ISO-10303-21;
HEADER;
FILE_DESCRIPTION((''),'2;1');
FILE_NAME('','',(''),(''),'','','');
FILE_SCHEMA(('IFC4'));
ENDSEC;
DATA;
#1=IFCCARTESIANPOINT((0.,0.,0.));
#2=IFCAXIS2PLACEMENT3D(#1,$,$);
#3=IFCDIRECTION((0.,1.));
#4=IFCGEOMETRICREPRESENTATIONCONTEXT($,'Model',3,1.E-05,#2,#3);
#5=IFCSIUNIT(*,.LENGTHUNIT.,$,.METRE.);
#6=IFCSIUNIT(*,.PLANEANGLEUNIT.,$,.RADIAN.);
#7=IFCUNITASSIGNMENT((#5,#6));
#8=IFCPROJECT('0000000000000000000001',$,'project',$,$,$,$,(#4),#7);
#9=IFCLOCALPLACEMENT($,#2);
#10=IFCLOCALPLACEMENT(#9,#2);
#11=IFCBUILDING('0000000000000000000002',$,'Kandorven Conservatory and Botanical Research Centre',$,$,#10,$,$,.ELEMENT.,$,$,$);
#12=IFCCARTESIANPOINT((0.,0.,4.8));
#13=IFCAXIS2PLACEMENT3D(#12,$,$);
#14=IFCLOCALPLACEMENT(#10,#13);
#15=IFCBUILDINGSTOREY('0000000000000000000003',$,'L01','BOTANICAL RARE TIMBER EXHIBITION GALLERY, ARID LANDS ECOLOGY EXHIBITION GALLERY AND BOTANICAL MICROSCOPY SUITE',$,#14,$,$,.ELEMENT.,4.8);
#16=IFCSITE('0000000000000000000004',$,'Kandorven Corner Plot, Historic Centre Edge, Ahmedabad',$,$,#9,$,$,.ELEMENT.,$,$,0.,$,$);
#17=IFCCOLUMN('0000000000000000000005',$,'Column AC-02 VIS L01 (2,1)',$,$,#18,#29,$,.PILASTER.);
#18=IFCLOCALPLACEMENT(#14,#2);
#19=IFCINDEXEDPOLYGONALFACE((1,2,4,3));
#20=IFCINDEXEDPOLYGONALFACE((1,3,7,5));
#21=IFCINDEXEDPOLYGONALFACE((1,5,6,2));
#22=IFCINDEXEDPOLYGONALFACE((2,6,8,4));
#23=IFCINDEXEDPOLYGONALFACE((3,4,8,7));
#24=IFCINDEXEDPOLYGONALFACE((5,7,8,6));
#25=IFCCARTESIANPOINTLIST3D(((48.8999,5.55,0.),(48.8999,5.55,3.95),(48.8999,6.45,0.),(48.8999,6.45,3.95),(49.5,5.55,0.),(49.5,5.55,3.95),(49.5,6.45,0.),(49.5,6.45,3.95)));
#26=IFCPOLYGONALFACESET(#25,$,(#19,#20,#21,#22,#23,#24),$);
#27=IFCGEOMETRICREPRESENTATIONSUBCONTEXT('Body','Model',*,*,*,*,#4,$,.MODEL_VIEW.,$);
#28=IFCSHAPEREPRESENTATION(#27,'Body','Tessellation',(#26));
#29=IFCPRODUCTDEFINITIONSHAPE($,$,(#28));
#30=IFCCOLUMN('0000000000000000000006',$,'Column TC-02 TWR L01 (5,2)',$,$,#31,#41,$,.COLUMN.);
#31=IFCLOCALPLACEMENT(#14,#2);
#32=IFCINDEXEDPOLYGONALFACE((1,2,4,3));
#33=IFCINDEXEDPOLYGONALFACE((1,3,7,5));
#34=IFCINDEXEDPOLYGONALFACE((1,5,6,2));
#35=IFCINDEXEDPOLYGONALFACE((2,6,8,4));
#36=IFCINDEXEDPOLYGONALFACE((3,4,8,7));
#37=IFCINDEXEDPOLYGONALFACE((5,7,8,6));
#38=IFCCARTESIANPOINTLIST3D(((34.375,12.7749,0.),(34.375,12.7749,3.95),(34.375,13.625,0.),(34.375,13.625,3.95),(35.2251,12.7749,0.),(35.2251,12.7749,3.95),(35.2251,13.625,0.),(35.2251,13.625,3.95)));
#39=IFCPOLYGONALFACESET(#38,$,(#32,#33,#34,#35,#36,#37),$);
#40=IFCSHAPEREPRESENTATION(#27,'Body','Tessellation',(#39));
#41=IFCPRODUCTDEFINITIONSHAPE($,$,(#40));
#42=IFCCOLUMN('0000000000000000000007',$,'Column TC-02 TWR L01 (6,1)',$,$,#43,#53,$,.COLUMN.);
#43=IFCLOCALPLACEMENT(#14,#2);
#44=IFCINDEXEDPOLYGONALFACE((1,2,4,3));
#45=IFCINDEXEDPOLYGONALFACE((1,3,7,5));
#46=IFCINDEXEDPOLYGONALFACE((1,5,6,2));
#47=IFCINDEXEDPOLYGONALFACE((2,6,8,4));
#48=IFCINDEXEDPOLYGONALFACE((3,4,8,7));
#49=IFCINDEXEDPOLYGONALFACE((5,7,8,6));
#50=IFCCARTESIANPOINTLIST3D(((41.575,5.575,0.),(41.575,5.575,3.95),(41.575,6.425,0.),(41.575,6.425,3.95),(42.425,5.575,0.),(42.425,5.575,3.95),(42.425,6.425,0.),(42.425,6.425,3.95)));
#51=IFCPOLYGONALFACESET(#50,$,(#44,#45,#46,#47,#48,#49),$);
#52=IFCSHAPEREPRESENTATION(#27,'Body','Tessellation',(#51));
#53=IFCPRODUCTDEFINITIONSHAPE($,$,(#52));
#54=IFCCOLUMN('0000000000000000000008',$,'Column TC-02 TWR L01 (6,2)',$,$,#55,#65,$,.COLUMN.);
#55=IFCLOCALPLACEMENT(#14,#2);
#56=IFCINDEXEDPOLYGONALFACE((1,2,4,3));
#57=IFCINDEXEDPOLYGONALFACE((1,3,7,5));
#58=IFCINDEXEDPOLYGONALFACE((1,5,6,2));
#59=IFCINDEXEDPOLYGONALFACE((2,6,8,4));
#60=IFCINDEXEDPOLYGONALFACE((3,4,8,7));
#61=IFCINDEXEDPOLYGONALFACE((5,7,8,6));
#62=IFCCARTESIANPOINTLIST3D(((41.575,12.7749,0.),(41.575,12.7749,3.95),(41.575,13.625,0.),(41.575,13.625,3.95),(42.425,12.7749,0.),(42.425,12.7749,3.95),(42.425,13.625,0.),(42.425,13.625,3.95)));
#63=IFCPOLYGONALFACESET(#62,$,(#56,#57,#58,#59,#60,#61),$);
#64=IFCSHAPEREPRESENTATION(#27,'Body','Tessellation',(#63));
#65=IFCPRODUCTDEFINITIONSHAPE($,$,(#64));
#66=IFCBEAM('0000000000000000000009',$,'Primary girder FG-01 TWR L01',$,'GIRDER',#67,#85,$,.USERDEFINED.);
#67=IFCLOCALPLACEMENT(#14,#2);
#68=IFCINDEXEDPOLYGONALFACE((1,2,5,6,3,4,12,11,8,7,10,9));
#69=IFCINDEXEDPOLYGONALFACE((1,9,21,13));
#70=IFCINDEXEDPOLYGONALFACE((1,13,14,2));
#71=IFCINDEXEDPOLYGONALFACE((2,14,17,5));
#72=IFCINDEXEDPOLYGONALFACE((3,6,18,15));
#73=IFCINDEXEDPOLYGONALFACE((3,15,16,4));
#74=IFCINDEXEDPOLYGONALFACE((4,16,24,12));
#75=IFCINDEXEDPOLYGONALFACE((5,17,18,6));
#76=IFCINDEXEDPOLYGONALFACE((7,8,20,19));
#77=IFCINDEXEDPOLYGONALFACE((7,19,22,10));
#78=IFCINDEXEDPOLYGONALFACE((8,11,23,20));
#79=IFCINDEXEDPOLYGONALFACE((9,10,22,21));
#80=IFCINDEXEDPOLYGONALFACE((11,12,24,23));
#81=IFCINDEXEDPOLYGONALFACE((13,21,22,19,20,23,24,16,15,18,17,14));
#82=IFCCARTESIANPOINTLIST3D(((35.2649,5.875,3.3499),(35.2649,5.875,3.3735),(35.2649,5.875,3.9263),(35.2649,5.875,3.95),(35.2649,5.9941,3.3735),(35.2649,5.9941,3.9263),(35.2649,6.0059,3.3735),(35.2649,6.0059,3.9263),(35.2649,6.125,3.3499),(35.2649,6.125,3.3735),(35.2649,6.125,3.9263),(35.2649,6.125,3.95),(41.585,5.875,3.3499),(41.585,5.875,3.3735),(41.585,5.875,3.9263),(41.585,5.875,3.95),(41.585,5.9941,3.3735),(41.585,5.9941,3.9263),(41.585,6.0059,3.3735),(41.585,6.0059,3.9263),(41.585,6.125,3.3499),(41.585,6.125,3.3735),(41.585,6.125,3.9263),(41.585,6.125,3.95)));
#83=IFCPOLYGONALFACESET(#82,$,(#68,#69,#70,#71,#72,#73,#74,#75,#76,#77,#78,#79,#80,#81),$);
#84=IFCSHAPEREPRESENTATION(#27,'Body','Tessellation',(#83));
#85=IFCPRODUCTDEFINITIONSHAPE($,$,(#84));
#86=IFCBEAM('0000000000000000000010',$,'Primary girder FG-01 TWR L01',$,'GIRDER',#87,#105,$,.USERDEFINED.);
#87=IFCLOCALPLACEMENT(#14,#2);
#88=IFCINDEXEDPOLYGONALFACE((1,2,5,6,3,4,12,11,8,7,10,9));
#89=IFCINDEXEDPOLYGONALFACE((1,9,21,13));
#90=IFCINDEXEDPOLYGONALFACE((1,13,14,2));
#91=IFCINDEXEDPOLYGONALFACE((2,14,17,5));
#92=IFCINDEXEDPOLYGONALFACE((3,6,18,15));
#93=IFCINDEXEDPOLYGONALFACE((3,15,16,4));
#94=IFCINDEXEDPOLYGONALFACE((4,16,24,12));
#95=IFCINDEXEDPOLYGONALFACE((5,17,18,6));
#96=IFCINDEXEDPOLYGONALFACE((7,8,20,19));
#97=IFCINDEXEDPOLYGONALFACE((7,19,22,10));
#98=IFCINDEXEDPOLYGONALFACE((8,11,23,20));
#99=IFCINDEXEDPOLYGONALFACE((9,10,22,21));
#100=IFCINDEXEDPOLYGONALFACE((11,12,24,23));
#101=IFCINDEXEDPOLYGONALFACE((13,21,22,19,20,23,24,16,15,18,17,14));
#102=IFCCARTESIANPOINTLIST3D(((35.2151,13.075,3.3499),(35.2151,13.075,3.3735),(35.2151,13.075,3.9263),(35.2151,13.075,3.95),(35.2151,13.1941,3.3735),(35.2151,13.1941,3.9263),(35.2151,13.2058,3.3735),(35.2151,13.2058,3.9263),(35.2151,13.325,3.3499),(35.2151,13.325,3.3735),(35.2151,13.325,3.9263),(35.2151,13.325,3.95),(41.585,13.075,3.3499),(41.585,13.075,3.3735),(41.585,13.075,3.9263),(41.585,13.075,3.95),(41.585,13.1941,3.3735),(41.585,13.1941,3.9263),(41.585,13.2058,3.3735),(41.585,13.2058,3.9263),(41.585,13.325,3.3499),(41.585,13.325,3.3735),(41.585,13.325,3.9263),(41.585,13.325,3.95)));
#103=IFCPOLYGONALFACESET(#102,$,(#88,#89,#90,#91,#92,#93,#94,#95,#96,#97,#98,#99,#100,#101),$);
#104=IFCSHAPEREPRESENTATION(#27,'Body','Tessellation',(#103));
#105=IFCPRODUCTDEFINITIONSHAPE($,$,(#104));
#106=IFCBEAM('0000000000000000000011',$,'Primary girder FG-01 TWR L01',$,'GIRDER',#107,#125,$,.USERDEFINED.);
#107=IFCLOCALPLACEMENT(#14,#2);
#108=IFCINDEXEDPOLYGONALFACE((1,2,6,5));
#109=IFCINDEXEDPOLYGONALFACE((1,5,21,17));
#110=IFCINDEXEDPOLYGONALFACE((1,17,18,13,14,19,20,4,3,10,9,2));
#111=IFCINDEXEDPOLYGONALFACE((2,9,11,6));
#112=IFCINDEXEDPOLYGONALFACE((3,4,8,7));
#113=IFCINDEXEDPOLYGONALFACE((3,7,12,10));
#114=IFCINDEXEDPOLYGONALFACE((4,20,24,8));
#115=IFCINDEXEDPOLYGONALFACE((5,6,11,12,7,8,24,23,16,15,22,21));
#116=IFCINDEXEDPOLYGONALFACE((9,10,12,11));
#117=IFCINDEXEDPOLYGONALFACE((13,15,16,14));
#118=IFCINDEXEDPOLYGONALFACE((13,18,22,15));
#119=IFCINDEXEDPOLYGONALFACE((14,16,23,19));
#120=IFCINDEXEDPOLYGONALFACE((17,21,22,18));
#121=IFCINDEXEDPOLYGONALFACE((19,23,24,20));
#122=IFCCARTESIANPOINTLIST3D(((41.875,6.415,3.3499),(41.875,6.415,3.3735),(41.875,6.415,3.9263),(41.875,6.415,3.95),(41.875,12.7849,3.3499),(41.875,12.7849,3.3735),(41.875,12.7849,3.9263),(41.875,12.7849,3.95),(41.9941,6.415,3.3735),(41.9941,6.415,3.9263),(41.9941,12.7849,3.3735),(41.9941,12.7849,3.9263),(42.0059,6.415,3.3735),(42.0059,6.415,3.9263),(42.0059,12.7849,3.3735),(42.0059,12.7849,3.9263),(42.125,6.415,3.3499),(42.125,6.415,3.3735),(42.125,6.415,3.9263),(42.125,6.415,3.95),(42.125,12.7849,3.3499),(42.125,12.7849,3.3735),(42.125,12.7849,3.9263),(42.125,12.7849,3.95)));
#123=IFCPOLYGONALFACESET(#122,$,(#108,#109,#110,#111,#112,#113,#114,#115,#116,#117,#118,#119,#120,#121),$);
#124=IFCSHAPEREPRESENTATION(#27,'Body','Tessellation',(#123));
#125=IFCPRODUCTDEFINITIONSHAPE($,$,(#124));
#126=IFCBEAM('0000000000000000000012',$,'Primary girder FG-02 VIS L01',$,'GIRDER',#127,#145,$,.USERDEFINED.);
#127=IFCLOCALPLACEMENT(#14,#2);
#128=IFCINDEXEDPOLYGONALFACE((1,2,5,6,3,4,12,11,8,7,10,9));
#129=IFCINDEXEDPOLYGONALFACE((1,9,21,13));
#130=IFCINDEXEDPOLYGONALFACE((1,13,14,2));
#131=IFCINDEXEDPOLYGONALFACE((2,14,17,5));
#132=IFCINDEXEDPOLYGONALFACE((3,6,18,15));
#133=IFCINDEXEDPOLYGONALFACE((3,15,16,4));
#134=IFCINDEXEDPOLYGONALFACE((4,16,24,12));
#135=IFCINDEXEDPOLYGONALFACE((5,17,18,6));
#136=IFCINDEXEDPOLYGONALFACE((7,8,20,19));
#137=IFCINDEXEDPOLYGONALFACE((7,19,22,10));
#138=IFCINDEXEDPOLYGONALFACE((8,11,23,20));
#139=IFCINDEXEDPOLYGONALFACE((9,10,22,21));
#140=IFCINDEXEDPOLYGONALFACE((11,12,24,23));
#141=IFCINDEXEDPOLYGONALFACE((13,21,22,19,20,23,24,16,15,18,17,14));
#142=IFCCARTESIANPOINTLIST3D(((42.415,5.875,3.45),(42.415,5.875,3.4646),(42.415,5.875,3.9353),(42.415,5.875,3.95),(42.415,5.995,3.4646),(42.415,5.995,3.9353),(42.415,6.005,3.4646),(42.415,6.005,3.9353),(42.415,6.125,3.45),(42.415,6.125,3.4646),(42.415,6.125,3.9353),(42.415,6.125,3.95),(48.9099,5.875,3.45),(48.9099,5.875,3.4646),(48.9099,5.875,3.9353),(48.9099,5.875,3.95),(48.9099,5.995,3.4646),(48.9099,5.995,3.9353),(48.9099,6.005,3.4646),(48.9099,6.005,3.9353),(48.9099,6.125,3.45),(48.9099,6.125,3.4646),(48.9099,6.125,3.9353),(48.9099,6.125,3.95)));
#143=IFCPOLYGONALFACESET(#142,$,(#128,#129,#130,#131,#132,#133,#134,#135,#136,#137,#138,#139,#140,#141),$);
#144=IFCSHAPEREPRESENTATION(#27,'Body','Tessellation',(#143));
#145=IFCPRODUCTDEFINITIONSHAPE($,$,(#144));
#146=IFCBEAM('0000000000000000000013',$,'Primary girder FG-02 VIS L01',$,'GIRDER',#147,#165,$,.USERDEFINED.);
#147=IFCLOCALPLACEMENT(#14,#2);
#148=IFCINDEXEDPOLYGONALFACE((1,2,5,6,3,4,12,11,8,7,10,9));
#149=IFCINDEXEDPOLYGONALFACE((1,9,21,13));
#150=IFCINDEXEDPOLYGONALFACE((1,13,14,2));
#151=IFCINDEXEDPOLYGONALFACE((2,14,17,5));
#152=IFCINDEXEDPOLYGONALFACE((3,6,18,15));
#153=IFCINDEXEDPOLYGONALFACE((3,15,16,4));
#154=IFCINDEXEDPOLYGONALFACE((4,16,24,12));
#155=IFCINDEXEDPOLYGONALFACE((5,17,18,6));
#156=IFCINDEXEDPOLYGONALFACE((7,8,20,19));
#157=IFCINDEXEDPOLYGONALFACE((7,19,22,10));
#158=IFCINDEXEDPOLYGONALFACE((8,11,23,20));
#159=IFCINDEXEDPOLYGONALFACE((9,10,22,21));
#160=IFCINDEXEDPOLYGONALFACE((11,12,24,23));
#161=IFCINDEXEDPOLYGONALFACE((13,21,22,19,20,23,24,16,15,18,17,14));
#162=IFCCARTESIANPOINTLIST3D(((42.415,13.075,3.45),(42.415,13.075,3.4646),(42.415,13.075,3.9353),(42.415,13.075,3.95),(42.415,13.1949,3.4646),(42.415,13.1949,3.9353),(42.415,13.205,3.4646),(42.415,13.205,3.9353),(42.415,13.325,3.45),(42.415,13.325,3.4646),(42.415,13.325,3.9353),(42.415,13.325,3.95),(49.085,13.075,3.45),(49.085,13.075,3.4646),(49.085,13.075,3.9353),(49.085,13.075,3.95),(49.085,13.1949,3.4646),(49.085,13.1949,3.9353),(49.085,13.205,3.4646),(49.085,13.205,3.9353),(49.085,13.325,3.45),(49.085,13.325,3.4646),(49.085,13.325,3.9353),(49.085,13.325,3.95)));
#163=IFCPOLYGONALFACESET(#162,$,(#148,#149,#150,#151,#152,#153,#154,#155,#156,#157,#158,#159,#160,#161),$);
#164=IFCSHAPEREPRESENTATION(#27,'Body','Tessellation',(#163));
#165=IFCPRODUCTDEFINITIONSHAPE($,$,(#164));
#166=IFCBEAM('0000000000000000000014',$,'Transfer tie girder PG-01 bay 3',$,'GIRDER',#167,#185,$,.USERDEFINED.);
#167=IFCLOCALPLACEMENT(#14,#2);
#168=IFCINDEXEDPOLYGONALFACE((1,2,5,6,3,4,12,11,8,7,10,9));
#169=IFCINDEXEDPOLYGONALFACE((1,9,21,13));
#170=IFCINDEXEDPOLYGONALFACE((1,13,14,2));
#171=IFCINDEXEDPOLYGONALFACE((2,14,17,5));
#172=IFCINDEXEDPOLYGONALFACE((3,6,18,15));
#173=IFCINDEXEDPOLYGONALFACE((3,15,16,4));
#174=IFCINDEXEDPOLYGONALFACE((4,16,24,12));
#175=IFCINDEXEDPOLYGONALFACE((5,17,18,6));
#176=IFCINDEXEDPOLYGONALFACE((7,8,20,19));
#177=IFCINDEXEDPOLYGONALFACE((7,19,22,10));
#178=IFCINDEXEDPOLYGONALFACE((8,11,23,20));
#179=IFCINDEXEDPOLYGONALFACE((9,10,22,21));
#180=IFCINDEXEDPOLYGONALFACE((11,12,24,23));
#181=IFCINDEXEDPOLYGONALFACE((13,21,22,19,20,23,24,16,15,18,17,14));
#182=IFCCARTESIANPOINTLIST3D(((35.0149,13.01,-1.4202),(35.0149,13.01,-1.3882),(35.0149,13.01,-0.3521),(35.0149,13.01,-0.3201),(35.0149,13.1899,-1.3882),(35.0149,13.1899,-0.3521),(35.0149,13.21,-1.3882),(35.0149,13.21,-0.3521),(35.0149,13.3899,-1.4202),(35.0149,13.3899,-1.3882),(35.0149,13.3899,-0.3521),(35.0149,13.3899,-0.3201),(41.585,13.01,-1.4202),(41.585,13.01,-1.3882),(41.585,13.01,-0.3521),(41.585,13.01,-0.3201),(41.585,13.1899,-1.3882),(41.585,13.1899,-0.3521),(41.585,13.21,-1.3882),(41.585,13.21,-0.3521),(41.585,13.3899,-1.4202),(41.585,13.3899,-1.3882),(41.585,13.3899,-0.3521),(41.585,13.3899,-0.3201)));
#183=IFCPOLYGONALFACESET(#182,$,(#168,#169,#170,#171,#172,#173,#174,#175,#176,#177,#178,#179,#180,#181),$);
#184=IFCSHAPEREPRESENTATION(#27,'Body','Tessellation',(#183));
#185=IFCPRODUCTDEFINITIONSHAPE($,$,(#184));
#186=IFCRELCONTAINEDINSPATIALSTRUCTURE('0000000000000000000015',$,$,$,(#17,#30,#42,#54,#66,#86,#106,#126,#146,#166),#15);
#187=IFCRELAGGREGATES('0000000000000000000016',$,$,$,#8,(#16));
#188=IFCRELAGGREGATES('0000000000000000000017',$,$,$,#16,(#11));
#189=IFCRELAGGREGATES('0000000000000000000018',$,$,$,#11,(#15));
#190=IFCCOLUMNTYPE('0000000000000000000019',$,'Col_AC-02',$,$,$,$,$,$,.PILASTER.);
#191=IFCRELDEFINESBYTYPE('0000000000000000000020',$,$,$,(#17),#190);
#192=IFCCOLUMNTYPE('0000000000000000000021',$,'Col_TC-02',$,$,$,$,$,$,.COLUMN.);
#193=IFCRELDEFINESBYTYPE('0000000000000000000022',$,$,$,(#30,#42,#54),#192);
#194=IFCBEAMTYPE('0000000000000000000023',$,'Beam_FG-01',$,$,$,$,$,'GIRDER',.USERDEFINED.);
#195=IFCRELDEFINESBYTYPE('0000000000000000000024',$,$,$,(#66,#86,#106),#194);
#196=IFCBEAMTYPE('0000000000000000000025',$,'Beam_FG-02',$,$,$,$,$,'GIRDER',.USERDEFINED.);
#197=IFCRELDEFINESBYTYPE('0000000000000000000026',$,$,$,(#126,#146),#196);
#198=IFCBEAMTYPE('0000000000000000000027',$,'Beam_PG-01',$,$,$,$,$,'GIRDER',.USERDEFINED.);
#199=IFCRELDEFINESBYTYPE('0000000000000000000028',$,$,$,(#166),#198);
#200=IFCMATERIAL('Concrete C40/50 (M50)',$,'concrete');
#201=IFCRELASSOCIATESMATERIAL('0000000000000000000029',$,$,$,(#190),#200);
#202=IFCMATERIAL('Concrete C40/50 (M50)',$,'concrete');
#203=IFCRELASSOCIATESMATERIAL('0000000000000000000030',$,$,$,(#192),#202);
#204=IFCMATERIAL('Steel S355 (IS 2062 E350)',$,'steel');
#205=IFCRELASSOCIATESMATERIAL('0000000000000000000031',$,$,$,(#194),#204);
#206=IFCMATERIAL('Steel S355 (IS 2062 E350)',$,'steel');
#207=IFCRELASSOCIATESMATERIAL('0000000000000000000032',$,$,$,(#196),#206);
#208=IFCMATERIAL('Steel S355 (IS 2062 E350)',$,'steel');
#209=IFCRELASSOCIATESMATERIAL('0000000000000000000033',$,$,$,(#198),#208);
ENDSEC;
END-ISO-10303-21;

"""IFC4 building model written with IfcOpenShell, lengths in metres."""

from ifc_helpers import new_model, si_unit, direction, frame, origin, origin_2d, place, context, subcontext, project, spatial, rectangle, i_section, extrude, material, material_profile, profile_set, type_object, element, save


model = new_model("IFC4")

# Units and contexts
model_context = context("Model", 3, precision=1e-05, world=origin(), true_north=direction((0.0, 1.0)))
body_context = subcontext(model_context, "Body", "Model", "MODEL_VIEW")
ifc_project = project(units=[si_unit("LENGTHUNIT", "METRE"), si_unit("PLANEANGLEUNIT", "RADIAN")], contexts=[model_context])

# Site, building, storey
site_placement = place(None, origin())
site = spatial("IfcSite", under=ifc_project, at=site_placement, Name="Kandorven Corner Plot, Historic Centre Edge, Ahmedabad", CompositionType="ELEMENT", RefElevation=0.0)
building_placement = place(site_placement, origin())
building = spatial("IfcBuilding", under=site, at=building_placement, Name="Kandorven Conservatory and Botanical Research Centre", CompositionType="ELEMENT")
storey_placement = place(building_placement, frame((0.0, 0.0, 4.8)))
storey = spatial("IfcBuildingStorey", under=building, at=storey_placement, Name="L01", Description="BOTANICAL RARE TIMBER EXHIBITION GALLERY, ARID LANDS ECOLOGY EXHIBITION GALLERY AND BOTANICAL MICROSCOPY SUITE", CompositionType="ELEMENT", Elevation=4.8)

# Columns
ifc_material_1 = material(Name="Concrete C40/50 (M50)", Category="concrete")
ifc_material_profile_1 = material_profile(ifc_material_1, rectangle(XDim=0.6001, YDim=0.8999, at=origin_2d()))
ifc_profile_set_1 = profile_set([ifc_material_profile_1], Name="Concrete C40/50 (M50)")
column_type_1 = type_object("IfcColumnType", Name="Col_AC-02", PredefinedType="PILASTER", material=ifc_profile_set_1)
column_placement = place(storey_placement, frame((49.2, 6.0, 0.0), z_axis=(0.0, 0.0, 1.0), x_axis=(1.0, 0.0, 0.0)))
element("IfcColumn", 1, at=column_placement, inside=storey, type_object=column_type_1, Name="Column AC-02 VIS L01 (2,1)", PredefinedType="PILASTER", context=body_context, shape_type="SweptSolid", body=[
    extrude(rectangle(XDim=0.6001, YDim=0.8999, at=origin_2d()), origin(), (0.0, 0.0, 1.0), 3.95),
])
ifc_material_2 = material(Name="Concrete C40/50 (M50)", Category="concrete")
ifc_material_profile_2 = material_profile(ifc_material_2, rectangle(XDim=0.8501, YDim=0.8501, at=origin_2d()))
ifc_profile_set_2 = profile_set([ifc_material_profile_2], Name="Concrete C40/50 (M50)")
column_type_2 = type_object("IfcColumnType", Name="Col_TC-02", PredefinedType="COLUMN", material=ifc_profile_set_2)
for number, where, z_axis, x_axis, name in (
    (2, (34.8, 13.2, 0.0), (0.0, 0.0, 1.0), (1.0, 0.0, 0.0), "Column TC-02 TWR L01 (5,2)"),
    (3, (42.0, 6.0, 0.0), (0.0, 0.0, 1.0), (1.0, 0.0, 0.0), "Column TC-02 TWR L01 (6,1)"),
    (4, (42.0, 13.2, 0.0), (0.0, 0.0, 1.0), (1.0, 0.0, 0.0), "Column TC-02 TWR L01 (6,2)"),
):
    element("IfcColumn", number, at=place(storey_placement, frame(where, z_axis=z_axis, x_axis=x_axis)), inside=storey, type_object=column_type_2, Name=name, PredefinedType="COLUMN", context=body_context, shape_type="SweptSolid", body=[
        extrude(rectangle(XDim=0.8501, YDim=0.8501, at=origin_2d()), origin(), (0.0, 0.0, 1.0), 3.95),
    ])

# Beams
ifc_material_3 = material(Name="Steel S355 (IS 2062 E350)", Category="steel")
ifc_material_profile_3 = material_profile(ifc_material_3, i_section(OverallWidth=0.25, OverallDepth=0.6001, WebThickness=0.0117, FlangeThickness=0.0237, at=origin_2d()))
ifc_profile_set_3 = profile_set([ifc_material_profile_3], Name="Steel S355 (IS 2062 E350)")
beam_type_1 = type_object("IfcBeamType", Name="Beam_FG-01", ElementType="GIRDER", PredefinedType="USERDEFINED", material=ifc_profile_set_3)
beam_1_placement = place(storey_placement, frame((35.2649, 6.0, 3.6499), z_axis=(1.0, 0.0, 0.0), x_axis=(0.0, 1.0, 0.0)))
element("IfcBeam", 5, at=beam_1_placement, inside=storey, type_object=beam_type_1, Name="Primary girder FG-01 TWR L01", ObjectType="GIRDER", PredefinedType="USERDEFINED", context=body_context, shape_type="SweptSolid", body=[
    extrude(i_section(OverallWidth=0.25, OverallDepth=0.6001, WebThickness=0.0117, FlangeThickness=0.0237, at=origin_2d()), origin(), (0.0, 0.0, 1.0), 6.3201),
])
for number, where, z_axis, x_axis, name in (
    (6, (35.2151, 13.2, 3.6499), (1.0, 0.0, 0.0), (0.0, 1.0, 0.0), "Primary girder FG-01 TWR L01"),
    (7, (42.0, 6.415, 3.6499), (0.0, 1.0, 0.0), (-1.0, 0.0, 0.0), "Primary girder FG-01 TWR L01"),
):
    element("IfcBeam", number, at=place(storey_placement, frame(where, z_axis=z_axis, x_axis=x_axis)), inside=storey, type_object=beam_type_1, Name=name, ObjectType="GIRDER", PredefinedType="USERDEFINED", context=body_context, shape_type="SweptSolid", body=[
        extrude(i_section(OverallWidth=0.25, OverallDepth=0.6001, WebThickness=0.0117, FlangeThickness=0.0237, at=origin_2d()), origin(), (0.0, 0.0, 1.0), 6.3699),
    ])
ifc_material_4 = material(Name="Steel S355 (IS 2062 E350)", Category="steel")
ifc_material_profile_4 = material_profile(ifc_material_4, i_section(OverallWidth=0.25, OverallDepth=0.5, WebThickness=0.01, FlangeThickness=0.0146, at=origin_2d()))
ifc_profile_set_4 = profile_set([ifc_material_profile_4], Name="Steel S355 (IS 2062 E350)")
beam_type_2 = type_object("IfcBeamType", Name="Beam_FG-02", ElementType="GIRDER", PredefinedType="USERDEFINED", material=ifc_profile_set_4)
beam_2_placement = place(storey_placement, frame((42.415, 6.0, 3.7), z_axis=(1.0, 0.0, 0.0), x_axis=(0.0, 1.0, 0.0)))
element("IfcBeam", 8, at=beam_2_placement, inside=storey, type_object=beam_type_2, Name="Primary girder FG-02 VIS L01", ObjectType="GIRDER", PredefinedType="USERDEFINED", context=body_context, shape_type="SweptSolid", body=[
    extrude(i_section(OverallWidth=0.25, OverallDepth=0.5, WebThickness=0.01, FlangeThickness=0.0146, at=origin_2d()), origin(), (0.0, 0.0, 1.0), 6.4949),
])
beam_3_placement = place(storey_placement, frame((42.415, 13.2, 3.7), z_axis=(1.0, 0.0, 0.0), x_axis=(0.0, 1.0, 0.0)))
element("IfcBeam", 9, at=beam_3_placement, inside=storey, type_object=beam_type_2, Name="Primary girder FG-02 VIS L01", ObjectType="GIRDER", PredefinedType="USERDEFINED", context=body_context, shape_type="SweptSolid", body=[
    extrude(i_section(OverallWidth=0.25, OverallDepth=0.5, WebThickness=0.01, FlangeThickness=0.0146, at=origin_2d()), origin(), (0.0, 0.0, 1.0), 6.6699),
])
ifc_material_5 = material(Name="Steel S355 (IS 2062 E350)", Category="steel")
ifc_material_profile_5 = material_profile(ifc_material_5, i_section(OverallWidth=0.3799, OverallDepth=1.1001, WebThickness=0.02, FlangeThickness=0.032, at=origin_2d()))
ifc_profile_set_5 = profile_set([ifc_material_profile_5], Name="Steel S355 (IS 2062 E350)")
beam_type_3 = type_object("IfcBeamType", Name="Beam_PG-01", ElementType="GIRDER", PredefinedType="USERDEFINED", material=ifc_profile_set_5)
beam_4_placement = place(storey_placement, frame((35.0149, 13.2, -0.8701), z_axis=(1.0, 0.0, 0.0), x_axis=(0.0, 1.0, 0.0)))
element("IfcBeam", 10, at=beam_4_placement, inside=storey, type_object=beam_type_3, Name="Transfer tie girder PG-01 bay 3", ObjectType="GIRDER", PredefinedType="USERDEFINED", context=body_context, shape_type="SweptSolid", body=[
    extrude(i_section(OverallWidth=0.3799, OverallDepth=1.1001, WebThickness=0.02, FlangeThickness=0.032, at=origin_2d()), origin(), (0.0, 0.0, 1.0), 6.5701),
])

save(model, "model.ifc")
